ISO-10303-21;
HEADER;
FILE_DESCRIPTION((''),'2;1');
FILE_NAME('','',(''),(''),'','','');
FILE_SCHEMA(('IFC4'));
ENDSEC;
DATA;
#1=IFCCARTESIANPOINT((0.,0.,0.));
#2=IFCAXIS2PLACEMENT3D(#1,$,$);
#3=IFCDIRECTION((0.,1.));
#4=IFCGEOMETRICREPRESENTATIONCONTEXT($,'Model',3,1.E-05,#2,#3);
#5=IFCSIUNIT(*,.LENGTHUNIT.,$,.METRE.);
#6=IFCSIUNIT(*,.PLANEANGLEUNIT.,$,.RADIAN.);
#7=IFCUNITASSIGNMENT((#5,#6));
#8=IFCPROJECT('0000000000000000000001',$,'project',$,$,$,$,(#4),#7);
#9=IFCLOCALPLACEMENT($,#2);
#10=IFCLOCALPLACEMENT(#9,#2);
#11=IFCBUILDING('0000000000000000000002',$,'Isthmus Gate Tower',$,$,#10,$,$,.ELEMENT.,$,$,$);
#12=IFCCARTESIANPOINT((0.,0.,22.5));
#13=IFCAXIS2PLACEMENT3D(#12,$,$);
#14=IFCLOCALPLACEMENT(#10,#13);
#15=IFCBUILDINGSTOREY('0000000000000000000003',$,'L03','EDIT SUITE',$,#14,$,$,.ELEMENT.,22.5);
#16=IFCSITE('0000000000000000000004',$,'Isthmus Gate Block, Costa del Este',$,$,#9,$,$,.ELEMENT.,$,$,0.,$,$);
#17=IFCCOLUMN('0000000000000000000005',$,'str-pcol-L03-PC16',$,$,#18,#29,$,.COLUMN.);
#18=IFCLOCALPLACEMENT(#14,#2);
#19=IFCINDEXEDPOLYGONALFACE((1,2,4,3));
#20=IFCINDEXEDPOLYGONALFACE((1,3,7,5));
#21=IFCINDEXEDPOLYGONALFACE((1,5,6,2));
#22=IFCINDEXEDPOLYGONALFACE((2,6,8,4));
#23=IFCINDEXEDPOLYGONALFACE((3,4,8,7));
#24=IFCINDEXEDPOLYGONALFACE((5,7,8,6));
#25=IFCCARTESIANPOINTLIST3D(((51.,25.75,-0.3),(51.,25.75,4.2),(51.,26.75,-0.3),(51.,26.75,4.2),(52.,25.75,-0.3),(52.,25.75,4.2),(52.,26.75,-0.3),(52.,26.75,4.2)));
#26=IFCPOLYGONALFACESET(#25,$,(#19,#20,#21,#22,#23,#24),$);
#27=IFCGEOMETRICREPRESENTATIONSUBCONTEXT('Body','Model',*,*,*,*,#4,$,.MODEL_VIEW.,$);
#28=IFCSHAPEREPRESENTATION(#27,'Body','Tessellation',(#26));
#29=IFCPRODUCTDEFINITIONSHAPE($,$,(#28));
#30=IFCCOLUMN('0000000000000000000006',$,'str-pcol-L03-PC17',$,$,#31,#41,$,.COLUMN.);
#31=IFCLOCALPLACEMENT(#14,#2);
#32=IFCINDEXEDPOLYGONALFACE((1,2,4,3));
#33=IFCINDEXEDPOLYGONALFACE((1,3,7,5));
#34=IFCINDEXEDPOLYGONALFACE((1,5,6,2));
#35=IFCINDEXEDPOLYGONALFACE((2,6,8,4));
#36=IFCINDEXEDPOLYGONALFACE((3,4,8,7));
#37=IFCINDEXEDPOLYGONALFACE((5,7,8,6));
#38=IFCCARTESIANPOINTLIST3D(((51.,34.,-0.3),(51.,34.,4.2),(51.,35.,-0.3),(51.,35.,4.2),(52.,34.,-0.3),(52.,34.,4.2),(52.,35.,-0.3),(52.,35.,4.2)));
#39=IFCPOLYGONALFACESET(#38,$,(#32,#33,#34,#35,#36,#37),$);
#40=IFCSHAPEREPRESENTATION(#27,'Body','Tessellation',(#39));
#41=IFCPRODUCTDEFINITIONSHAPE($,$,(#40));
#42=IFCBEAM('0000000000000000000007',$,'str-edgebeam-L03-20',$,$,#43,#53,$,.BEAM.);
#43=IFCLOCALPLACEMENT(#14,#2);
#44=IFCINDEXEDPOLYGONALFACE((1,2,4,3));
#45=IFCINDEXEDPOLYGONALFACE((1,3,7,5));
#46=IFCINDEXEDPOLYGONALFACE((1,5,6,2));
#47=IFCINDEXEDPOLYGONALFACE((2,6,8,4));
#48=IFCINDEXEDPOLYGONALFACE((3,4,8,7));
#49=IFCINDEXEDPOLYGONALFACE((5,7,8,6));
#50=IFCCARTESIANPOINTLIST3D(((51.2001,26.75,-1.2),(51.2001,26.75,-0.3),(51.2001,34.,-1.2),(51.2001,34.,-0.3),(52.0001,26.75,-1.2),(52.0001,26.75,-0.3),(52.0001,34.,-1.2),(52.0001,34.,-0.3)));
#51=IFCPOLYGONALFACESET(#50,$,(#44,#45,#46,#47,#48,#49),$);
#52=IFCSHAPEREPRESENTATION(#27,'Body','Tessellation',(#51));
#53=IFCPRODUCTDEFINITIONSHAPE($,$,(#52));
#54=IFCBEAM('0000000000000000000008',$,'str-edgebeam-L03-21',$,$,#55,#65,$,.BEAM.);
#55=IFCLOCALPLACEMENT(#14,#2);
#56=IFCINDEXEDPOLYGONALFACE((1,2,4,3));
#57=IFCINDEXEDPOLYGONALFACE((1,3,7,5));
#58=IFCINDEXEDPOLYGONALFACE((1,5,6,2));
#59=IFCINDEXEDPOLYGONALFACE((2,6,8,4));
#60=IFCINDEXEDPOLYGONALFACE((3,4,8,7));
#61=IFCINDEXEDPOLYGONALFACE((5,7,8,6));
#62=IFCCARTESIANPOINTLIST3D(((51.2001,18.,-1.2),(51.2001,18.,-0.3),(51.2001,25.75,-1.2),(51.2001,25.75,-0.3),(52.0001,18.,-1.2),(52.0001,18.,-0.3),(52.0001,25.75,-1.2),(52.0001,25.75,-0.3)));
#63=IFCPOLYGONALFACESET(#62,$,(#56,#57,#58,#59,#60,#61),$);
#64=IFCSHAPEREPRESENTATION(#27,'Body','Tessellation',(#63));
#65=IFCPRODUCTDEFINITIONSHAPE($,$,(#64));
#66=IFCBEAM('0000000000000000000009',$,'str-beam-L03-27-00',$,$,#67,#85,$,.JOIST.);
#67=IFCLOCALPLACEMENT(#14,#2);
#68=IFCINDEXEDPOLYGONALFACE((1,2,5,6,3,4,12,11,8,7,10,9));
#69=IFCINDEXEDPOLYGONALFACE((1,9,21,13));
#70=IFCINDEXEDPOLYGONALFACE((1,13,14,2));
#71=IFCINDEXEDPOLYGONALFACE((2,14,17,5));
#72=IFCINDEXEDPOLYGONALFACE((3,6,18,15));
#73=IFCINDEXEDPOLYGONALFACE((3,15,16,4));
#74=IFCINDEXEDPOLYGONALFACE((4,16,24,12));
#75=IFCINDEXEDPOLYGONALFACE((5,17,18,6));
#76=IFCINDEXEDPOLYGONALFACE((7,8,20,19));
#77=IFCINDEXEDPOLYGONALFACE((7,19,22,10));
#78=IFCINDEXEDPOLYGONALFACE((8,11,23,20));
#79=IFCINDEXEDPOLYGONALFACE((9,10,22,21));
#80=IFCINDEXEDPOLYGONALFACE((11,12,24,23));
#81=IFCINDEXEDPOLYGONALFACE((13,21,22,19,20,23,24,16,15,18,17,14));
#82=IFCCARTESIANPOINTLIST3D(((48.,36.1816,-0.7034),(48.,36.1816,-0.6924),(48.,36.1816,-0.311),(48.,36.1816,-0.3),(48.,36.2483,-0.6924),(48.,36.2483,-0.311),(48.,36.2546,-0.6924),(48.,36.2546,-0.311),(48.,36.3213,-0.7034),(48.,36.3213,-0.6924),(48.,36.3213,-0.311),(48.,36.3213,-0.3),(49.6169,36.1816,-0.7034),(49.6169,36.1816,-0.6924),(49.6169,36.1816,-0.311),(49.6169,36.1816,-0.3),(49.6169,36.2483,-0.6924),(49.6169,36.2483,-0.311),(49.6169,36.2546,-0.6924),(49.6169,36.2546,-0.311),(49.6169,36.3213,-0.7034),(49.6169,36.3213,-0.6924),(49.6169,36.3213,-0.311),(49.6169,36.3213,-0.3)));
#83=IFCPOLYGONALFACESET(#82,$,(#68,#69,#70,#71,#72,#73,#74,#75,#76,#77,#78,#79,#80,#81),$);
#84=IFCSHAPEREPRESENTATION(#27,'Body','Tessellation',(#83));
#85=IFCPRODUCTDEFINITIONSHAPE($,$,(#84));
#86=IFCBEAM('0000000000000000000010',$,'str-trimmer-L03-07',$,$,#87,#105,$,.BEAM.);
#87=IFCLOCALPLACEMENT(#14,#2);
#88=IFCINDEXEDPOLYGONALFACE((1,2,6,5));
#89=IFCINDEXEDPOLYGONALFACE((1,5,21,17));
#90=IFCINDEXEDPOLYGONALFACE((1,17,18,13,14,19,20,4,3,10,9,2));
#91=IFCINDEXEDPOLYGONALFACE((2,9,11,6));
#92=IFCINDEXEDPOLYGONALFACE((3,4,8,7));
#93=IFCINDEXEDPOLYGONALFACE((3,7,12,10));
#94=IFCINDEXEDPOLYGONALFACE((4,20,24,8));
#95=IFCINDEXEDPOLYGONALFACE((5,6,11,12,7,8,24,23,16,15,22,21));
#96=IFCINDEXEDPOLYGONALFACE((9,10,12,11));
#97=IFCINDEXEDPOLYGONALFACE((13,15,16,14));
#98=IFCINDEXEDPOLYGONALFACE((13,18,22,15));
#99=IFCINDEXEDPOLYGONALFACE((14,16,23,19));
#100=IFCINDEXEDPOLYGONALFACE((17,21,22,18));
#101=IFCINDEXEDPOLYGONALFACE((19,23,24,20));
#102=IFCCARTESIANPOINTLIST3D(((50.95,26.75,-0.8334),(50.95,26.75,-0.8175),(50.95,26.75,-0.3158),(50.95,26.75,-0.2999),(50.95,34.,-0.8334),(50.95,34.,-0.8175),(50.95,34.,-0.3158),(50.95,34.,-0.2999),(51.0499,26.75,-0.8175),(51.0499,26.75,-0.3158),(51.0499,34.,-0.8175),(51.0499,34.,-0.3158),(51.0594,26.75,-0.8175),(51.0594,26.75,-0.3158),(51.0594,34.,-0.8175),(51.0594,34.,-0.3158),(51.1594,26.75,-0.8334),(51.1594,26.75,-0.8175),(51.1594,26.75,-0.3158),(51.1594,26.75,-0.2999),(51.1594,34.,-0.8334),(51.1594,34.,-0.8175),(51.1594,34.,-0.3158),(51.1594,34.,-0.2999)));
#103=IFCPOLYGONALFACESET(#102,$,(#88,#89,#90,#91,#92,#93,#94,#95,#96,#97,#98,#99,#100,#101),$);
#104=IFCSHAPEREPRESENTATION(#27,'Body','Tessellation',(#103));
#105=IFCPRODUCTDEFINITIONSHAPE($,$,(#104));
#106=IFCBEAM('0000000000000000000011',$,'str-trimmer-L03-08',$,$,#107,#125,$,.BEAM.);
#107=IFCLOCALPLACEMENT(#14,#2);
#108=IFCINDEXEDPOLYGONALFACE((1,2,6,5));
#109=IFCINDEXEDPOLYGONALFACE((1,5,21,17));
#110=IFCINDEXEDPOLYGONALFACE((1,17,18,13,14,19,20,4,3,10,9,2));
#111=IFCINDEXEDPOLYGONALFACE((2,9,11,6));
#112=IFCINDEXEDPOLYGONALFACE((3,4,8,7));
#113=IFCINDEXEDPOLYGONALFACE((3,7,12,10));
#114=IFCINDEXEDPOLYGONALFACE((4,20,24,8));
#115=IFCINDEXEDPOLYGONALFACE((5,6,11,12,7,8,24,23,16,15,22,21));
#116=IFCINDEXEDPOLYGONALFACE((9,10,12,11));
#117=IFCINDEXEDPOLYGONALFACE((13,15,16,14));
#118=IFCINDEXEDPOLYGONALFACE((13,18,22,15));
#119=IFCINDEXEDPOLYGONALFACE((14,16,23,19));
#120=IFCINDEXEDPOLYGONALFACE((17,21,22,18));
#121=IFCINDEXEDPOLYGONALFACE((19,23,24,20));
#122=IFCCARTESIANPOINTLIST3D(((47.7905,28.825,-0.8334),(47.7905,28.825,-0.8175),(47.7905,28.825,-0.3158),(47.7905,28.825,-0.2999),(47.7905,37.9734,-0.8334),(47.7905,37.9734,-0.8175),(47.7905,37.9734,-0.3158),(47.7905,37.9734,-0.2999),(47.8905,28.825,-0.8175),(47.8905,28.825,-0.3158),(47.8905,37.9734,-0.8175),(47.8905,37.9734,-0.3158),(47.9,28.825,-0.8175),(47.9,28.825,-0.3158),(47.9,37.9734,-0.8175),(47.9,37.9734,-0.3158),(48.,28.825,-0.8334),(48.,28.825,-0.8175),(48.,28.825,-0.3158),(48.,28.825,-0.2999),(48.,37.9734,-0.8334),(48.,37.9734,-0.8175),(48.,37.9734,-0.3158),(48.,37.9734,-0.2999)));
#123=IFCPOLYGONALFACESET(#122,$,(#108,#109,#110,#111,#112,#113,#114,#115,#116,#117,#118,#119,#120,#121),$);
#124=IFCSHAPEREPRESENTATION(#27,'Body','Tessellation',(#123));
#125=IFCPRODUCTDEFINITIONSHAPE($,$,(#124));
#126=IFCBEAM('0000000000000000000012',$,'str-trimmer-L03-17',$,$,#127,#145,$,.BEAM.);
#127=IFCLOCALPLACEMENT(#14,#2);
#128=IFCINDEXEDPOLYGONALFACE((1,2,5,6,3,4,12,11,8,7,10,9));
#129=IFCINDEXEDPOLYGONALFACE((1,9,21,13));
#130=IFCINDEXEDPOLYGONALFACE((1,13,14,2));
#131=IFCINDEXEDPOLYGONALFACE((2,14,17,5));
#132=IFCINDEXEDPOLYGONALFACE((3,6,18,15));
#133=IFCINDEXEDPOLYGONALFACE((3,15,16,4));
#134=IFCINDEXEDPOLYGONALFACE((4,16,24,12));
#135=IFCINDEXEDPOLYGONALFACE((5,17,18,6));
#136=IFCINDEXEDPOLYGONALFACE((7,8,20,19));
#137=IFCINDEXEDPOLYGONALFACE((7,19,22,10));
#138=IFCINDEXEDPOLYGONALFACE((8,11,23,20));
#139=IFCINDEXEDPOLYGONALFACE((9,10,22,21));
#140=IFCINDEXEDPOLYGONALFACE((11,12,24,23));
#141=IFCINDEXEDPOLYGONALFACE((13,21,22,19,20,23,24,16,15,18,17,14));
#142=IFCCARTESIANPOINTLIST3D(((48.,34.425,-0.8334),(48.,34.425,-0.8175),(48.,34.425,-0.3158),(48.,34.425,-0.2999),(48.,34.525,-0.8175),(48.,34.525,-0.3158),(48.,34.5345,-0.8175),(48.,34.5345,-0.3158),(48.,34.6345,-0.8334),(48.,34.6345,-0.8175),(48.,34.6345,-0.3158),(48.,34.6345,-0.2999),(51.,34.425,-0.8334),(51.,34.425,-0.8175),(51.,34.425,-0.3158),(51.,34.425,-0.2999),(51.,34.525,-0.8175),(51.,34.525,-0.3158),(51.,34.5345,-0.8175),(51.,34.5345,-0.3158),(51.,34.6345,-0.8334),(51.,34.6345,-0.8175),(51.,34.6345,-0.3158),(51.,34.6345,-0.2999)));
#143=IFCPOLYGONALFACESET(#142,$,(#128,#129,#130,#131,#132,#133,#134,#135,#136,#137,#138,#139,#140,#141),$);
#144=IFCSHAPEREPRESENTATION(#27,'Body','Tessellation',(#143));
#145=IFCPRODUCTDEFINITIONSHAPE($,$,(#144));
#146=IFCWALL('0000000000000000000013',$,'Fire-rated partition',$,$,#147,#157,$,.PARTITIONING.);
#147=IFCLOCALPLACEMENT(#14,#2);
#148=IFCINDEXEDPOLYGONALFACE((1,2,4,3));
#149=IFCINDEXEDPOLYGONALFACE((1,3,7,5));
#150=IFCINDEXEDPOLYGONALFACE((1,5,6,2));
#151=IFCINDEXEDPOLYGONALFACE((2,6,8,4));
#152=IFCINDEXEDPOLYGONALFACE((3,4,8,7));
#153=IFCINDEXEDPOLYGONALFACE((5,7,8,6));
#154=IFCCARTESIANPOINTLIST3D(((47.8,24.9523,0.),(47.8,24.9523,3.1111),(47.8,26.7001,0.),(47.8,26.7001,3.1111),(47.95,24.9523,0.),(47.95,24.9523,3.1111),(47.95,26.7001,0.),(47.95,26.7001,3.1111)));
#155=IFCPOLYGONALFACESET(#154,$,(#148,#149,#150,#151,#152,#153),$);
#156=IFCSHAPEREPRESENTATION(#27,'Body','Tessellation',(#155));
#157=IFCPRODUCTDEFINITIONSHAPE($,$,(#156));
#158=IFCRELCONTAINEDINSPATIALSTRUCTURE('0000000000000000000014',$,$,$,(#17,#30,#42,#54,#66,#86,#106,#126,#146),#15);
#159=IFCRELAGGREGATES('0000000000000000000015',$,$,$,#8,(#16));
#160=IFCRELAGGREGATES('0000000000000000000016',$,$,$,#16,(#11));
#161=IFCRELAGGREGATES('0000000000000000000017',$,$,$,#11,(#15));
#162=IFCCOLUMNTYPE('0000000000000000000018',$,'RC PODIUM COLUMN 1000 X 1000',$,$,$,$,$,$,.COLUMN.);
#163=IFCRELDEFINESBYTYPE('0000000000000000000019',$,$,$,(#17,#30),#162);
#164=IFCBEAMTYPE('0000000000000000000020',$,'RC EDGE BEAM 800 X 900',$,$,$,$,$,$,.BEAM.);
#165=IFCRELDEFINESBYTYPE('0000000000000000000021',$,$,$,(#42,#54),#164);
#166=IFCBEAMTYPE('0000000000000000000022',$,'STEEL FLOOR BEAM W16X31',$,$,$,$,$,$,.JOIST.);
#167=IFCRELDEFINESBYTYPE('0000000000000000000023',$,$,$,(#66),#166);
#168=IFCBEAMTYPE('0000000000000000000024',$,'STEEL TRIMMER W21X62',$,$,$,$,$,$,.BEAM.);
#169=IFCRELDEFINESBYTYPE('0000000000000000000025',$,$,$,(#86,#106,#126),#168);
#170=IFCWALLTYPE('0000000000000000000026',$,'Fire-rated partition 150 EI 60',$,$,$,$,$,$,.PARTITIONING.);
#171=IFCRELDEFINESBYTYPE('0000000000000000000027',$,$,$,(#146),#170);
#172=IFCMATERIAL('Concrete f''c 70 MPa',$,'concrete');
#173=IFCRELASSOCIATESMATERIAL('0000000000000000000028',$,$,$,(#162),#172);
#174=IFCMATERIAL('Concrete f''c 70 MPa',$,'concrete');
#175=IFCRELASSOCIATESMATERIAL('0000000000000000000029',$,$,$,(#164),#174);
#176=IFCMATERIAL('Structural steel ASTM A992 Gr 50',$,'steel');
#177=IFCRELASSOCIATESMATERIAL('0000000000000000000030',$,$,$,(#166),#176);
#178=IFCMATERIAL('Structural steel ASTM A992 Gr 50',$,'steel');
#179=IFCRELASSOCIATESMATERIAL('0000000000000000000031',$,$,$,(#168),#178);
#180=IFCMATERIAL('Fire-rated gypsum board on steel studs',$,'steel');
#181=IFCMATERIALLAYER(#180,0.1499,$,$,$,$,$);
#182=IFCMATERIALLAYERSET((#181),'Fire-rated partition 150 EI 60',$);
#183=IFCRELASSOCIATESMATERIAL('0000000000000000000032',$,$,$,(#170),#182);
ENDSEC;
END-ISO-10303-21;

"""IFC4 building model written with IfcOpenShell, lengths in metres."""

from ifc_helpers import new_model, si_unit, direction, frame, frame_2d, origin, origin_2d, place, context, subcontext, project, spatial, rectangle, i_section, extrude, material, layer, layer_set, material_profile, profile_set, type_object, element, save


model = new_model("IFC4")

# Units and contexts
model_context = context("Model", 3, precision=1e-05, world=origin(), true_north=direction((0.0, 1.0)))
body_context = subcontext(model_context, "Body", "Model", "MODEL_VIEW")
ifc_project = project(units=[si_unit("LENGTHUNIT", "METRE"), si_unit("PLANEANGLEUNIT", "RADIAN")], contexts=[model_context])

# Site, building, storey
site_placement = place(None, origin())
site = spatial("IfcSite", under=ifc_project, at=site_placement, Name="Isthmus Gate Block, Costa del Este", CompositionType="ELEMENT", RefElevation=0.0)
building_placement = place(site_placement, origin())
building = spatial("IfcBuilding", under=site, at=building_placement, Name="Isthmus Gate Tower", CompositionType="ELEMENT")
storey_placement = place(building_placement, frame((0.0, 0.0, 22.5)))
storey = spatial("IfcBuildingStorey", under=building, at=storey_placement, Name="L03", Description="EDIT SUITE", CompositionType="ELEMENT", Elevation=22.5)

# Columns
ifc_material_1 = material(Name="Concrete f'c 70 MPa", Category="concrete")
ifc_material_profile_1 = material_profile(ifc_material_1, rectangle(XDim=1.0, YDim=1.0, at=origin_2d()), Name="RC 1000X1000")
ifc_profile_set_1 = profile_set([ifc_material_profile_1], Name="Concrete f'c 70 MPa")
column_type = type_object("IfcColumnType", Name="RC PODIUM COLUMN 1000 X 1000", PredefinedType="COLUMN", material=ifc_profile_set_1)
for number, where, z_axis, x_axis, name in (
    (1, (51.5, 26.25, -0.3), (0.0, 0.0, 1.0), (0.0, 1.0, 0.0), "str-pcol-L03-PC16"),
    (2, (51.5, 34.5, -0.3), (0.0, 0.0, 1.0), (0.0, 1.0, 0.0), "str-pcol-L03-PC17"),
):
    element("IfcColumn", number, at=place(storey_placement, frame(where, z_axis=z_axis, x_axis=x_axis)), inside=storey, type_object=column_type, Name=name, PredefinedType="COLUMN", context=body_context, shape_type="SweptSolid", body=[
        extrude(rectangle(XDim=1.0, YDim=1.0, at=origin_2d()), origin(), (0.0, 0.0, 1.0), 4.5),
    ])

# Beams
ifc_material_2 = material(Name="Concrete f'c 70 MPa", Category="concrete")
ifc_material_profile_2 = material_profile(ifc_material_2, rectangle(XDim=0.8, YDim=0.8999, at=origin_2d()), Name="RC 800X900")
ifc_profile_set_2 = profile_set([ifc_material_profile_2], Name="Concrete f'c 70 MPa")
beam_type_1 = type_object("IfcBeamType", Name="RC EDGE BEAM 800 X 900", PredefinedType="BEAM", material=ifc_profile_set_2)
beam_1_placement = place(storey_placement, frame((51.6001, 34.0, -0.75), z_axis=(0.0, -1.0, 0.0), x_axis=(1.0, 0.0, 0.0)))
element("IfcBeam", 3, at=beam_1_placement, inside=storey, type_object=beam_type_1, Name="str-edgebeam-L03-20", PredefinedType="BEAM", context=body_context, shape_type="SweptSolid", body=[
    extrude(rectangle(XDim=0.8, YDim=0.8999, at=origin_2d()), origin(), (0.0, 0.0, 1.0), 7.25),
])
beam_2_placement = place(storey_placement, frame((51.6001, 25.75, -0.75), z_axis=(0.0, -1.0, 0.0), x_axis=(1.0, 0.0, 0.0)))
element("IfcBeam", 4, at=beam_2_placement, inside=storey, type_object=beam_type_1, Name="str-edgebeam-L03-21", PredefinedType="BEAM", context=body_context, shape_type="SweptSolid", body=[
    extrude(rectangle(XDim=0.8, YDim=0.8999, at=origin_2d()), origin(), (0.0, 0.0, 1.0), 7.75),
])
ifc_material_3 = material(Name="Structural steel ASTM A992 Gr 50", Category="steel")
ifc_material_profile_3 = material_profile(ifc_material_3, i_section(OverallWidth=0.1396, OverallDepth=0.4033, WebThickness=0.0063, FlangeThickness=0.011, at=origin_2d()), Name="W16X31")
ifc_profile_set_3 = profile_set([ifc_material_profile_3], Name="Structural steel ASTM A992 Gr 50")
beam_type_2 = type_object("IfcBeamType", Name="STEEL FLOOR BEAM W16X31", PredefinedType="JOIST", material=ifc_profile_set_3)
beam_3_placement = place(storey_placement, frame((48.0, 36.2515, -0.5017), z_axis=(1.0, 0.0, 0.0), x_axis=(0.0, 1.0, 0.0)))
element("IfcBeam", 5, at=beam_3_placement, inside=storey, type_object=beam_type_2, Name="str-beam-L03-27-00", PredefinedType="JOIST", context=body_context, shape_type="SweptSolid", body=[
    extrude(i_section(OverallWidth=0.1396, OverallDepth=0.4033, WebThickness=0.0063, FlangeThickness=0.011, at=origin_2d()), origin(), (0.0, 0.0, 1.0), 1.6169),
])
ifc_material_4 = material(Name="Structural steel ASTM A992 Gr 50", Category="steel")
ifc_material_profile_4 = material_profile(ifc_material_4, i_section(OverallWidth=0.2095, OverallDepth=0.5334, WebThickness=0.0095, FlangeThickness=0.0159, at=origin_2d()), Name="W21X62")
ifc_profile_set_4 = profile_set([ifc_material_profile_4], Name="Structural steel ASTM A992 Gr 50")
beam_type_3 = type_object("IfcBeamType", Name="STEEL TRIMMER W21X62", PredefinedType="BEAM", material=ifc_profile_set_4)
beam_4_placement = place(storey_placement, frame((51.0547, 26.75, -0.5667), z_axis=(0.0, 1.0, 0.0), x_axis=(-1.0, 0.0, 0.0)))
element("IfcBeam", 6, at=beam_4_placement, inside=storey, type_object=beam_type_3, Name="str-trimmer-L03-07", PredefinedType="BEAM", context=body_context, shape_type="SweptSolid", body=[
    extrude(i_section(OverallWidth=0.2095, OverallDepth=0.5334, WebThickness=0.0095, FlangeThickness=0.0159, at=origin_2d()), origin(), (0.0, 0.0, 1.0), 7.25),
])
beam_5_placement = place(storey_placement, frame((47.8953, 37.9734, -0.5667), z_axis=(0.0, -1.0, 0.0), x_axis=(1.0, 0.0, 0.0)))
element("IfcBeam", 7, at=beam_5_placement, inside=storey, type_object=beam_type_3, Name="str-trimmer-L03-08", PredefinedType="BEAM", context=body_context, shape_type="SweptSolid", body=[
    extrude(i_section(OverallWidth=0.2095, OverallDepth=0.5334, WebThickness=0.0095, FlangeThickness=0.0159, at=origin_2d()), origin(), (0.0, 0.0, 1.0), 9.1484),
])
beam_6_placement = place(storey_placement, frame((51.0, 34.5298, -0.5667), z_axis=(-1.0, 0.0, 0.0), x_axis=(0.0, -1.0, 0.0)))
element("IfcBeam", 8, at=beam_6_placement, inside=storey, type_object=beam_type_3, Name="str-trimmer-L03-17", PredefinedType="BEAM", context=body_context, shape_type="SweptSolid", body=[
    extrude(i_section(OverallWidth=0.2095, OverallDepth=0.5334, WebThickness=0.0095, FlangeThickness=0.0159, at=origin_2d()), origin(), (0.0, 0.0, 1.0), 3.0),
])

# Wall
ifc_material_5 = material(Name="Fire-rated gypsum board on steel studs", Category="steel")
ifc_layer_1 = layer(ifc_material_5, 0.1499)
ifc_layer_set_1 = layer_set([ifc_layer_1], Name="Fire-rated partition 150 EI 60")
wall_type_1 = type_object("IfcWallType", Name="Fire-rated partition 150 EI 60", PredefinedType="PARTITIONING", material=ifc_layer_set_1)
wall_1_placement = place(storey_placement, frame((47.875, 24.9521, 0.0), z_axis=(0.0, 0.0, 1.0), x_axis=(0.0, 1.0, 0.0)))
element("IfcWall", 9, at=wall_1_placement, inside=storey, type_object=wall_type_1, Name="Fire-rated partition", PredefinedType="PARTITIONING", context=body_context, shape_type="SweptSolid", body=[
    extrude(rectangle(XDim=1.7478, YDim=0.1499, at=frame_2d((0.874, 0.0))), origin(), (0.0, 0.0, 1.0), 3.1111),
])

save(model, "model.ifc")
